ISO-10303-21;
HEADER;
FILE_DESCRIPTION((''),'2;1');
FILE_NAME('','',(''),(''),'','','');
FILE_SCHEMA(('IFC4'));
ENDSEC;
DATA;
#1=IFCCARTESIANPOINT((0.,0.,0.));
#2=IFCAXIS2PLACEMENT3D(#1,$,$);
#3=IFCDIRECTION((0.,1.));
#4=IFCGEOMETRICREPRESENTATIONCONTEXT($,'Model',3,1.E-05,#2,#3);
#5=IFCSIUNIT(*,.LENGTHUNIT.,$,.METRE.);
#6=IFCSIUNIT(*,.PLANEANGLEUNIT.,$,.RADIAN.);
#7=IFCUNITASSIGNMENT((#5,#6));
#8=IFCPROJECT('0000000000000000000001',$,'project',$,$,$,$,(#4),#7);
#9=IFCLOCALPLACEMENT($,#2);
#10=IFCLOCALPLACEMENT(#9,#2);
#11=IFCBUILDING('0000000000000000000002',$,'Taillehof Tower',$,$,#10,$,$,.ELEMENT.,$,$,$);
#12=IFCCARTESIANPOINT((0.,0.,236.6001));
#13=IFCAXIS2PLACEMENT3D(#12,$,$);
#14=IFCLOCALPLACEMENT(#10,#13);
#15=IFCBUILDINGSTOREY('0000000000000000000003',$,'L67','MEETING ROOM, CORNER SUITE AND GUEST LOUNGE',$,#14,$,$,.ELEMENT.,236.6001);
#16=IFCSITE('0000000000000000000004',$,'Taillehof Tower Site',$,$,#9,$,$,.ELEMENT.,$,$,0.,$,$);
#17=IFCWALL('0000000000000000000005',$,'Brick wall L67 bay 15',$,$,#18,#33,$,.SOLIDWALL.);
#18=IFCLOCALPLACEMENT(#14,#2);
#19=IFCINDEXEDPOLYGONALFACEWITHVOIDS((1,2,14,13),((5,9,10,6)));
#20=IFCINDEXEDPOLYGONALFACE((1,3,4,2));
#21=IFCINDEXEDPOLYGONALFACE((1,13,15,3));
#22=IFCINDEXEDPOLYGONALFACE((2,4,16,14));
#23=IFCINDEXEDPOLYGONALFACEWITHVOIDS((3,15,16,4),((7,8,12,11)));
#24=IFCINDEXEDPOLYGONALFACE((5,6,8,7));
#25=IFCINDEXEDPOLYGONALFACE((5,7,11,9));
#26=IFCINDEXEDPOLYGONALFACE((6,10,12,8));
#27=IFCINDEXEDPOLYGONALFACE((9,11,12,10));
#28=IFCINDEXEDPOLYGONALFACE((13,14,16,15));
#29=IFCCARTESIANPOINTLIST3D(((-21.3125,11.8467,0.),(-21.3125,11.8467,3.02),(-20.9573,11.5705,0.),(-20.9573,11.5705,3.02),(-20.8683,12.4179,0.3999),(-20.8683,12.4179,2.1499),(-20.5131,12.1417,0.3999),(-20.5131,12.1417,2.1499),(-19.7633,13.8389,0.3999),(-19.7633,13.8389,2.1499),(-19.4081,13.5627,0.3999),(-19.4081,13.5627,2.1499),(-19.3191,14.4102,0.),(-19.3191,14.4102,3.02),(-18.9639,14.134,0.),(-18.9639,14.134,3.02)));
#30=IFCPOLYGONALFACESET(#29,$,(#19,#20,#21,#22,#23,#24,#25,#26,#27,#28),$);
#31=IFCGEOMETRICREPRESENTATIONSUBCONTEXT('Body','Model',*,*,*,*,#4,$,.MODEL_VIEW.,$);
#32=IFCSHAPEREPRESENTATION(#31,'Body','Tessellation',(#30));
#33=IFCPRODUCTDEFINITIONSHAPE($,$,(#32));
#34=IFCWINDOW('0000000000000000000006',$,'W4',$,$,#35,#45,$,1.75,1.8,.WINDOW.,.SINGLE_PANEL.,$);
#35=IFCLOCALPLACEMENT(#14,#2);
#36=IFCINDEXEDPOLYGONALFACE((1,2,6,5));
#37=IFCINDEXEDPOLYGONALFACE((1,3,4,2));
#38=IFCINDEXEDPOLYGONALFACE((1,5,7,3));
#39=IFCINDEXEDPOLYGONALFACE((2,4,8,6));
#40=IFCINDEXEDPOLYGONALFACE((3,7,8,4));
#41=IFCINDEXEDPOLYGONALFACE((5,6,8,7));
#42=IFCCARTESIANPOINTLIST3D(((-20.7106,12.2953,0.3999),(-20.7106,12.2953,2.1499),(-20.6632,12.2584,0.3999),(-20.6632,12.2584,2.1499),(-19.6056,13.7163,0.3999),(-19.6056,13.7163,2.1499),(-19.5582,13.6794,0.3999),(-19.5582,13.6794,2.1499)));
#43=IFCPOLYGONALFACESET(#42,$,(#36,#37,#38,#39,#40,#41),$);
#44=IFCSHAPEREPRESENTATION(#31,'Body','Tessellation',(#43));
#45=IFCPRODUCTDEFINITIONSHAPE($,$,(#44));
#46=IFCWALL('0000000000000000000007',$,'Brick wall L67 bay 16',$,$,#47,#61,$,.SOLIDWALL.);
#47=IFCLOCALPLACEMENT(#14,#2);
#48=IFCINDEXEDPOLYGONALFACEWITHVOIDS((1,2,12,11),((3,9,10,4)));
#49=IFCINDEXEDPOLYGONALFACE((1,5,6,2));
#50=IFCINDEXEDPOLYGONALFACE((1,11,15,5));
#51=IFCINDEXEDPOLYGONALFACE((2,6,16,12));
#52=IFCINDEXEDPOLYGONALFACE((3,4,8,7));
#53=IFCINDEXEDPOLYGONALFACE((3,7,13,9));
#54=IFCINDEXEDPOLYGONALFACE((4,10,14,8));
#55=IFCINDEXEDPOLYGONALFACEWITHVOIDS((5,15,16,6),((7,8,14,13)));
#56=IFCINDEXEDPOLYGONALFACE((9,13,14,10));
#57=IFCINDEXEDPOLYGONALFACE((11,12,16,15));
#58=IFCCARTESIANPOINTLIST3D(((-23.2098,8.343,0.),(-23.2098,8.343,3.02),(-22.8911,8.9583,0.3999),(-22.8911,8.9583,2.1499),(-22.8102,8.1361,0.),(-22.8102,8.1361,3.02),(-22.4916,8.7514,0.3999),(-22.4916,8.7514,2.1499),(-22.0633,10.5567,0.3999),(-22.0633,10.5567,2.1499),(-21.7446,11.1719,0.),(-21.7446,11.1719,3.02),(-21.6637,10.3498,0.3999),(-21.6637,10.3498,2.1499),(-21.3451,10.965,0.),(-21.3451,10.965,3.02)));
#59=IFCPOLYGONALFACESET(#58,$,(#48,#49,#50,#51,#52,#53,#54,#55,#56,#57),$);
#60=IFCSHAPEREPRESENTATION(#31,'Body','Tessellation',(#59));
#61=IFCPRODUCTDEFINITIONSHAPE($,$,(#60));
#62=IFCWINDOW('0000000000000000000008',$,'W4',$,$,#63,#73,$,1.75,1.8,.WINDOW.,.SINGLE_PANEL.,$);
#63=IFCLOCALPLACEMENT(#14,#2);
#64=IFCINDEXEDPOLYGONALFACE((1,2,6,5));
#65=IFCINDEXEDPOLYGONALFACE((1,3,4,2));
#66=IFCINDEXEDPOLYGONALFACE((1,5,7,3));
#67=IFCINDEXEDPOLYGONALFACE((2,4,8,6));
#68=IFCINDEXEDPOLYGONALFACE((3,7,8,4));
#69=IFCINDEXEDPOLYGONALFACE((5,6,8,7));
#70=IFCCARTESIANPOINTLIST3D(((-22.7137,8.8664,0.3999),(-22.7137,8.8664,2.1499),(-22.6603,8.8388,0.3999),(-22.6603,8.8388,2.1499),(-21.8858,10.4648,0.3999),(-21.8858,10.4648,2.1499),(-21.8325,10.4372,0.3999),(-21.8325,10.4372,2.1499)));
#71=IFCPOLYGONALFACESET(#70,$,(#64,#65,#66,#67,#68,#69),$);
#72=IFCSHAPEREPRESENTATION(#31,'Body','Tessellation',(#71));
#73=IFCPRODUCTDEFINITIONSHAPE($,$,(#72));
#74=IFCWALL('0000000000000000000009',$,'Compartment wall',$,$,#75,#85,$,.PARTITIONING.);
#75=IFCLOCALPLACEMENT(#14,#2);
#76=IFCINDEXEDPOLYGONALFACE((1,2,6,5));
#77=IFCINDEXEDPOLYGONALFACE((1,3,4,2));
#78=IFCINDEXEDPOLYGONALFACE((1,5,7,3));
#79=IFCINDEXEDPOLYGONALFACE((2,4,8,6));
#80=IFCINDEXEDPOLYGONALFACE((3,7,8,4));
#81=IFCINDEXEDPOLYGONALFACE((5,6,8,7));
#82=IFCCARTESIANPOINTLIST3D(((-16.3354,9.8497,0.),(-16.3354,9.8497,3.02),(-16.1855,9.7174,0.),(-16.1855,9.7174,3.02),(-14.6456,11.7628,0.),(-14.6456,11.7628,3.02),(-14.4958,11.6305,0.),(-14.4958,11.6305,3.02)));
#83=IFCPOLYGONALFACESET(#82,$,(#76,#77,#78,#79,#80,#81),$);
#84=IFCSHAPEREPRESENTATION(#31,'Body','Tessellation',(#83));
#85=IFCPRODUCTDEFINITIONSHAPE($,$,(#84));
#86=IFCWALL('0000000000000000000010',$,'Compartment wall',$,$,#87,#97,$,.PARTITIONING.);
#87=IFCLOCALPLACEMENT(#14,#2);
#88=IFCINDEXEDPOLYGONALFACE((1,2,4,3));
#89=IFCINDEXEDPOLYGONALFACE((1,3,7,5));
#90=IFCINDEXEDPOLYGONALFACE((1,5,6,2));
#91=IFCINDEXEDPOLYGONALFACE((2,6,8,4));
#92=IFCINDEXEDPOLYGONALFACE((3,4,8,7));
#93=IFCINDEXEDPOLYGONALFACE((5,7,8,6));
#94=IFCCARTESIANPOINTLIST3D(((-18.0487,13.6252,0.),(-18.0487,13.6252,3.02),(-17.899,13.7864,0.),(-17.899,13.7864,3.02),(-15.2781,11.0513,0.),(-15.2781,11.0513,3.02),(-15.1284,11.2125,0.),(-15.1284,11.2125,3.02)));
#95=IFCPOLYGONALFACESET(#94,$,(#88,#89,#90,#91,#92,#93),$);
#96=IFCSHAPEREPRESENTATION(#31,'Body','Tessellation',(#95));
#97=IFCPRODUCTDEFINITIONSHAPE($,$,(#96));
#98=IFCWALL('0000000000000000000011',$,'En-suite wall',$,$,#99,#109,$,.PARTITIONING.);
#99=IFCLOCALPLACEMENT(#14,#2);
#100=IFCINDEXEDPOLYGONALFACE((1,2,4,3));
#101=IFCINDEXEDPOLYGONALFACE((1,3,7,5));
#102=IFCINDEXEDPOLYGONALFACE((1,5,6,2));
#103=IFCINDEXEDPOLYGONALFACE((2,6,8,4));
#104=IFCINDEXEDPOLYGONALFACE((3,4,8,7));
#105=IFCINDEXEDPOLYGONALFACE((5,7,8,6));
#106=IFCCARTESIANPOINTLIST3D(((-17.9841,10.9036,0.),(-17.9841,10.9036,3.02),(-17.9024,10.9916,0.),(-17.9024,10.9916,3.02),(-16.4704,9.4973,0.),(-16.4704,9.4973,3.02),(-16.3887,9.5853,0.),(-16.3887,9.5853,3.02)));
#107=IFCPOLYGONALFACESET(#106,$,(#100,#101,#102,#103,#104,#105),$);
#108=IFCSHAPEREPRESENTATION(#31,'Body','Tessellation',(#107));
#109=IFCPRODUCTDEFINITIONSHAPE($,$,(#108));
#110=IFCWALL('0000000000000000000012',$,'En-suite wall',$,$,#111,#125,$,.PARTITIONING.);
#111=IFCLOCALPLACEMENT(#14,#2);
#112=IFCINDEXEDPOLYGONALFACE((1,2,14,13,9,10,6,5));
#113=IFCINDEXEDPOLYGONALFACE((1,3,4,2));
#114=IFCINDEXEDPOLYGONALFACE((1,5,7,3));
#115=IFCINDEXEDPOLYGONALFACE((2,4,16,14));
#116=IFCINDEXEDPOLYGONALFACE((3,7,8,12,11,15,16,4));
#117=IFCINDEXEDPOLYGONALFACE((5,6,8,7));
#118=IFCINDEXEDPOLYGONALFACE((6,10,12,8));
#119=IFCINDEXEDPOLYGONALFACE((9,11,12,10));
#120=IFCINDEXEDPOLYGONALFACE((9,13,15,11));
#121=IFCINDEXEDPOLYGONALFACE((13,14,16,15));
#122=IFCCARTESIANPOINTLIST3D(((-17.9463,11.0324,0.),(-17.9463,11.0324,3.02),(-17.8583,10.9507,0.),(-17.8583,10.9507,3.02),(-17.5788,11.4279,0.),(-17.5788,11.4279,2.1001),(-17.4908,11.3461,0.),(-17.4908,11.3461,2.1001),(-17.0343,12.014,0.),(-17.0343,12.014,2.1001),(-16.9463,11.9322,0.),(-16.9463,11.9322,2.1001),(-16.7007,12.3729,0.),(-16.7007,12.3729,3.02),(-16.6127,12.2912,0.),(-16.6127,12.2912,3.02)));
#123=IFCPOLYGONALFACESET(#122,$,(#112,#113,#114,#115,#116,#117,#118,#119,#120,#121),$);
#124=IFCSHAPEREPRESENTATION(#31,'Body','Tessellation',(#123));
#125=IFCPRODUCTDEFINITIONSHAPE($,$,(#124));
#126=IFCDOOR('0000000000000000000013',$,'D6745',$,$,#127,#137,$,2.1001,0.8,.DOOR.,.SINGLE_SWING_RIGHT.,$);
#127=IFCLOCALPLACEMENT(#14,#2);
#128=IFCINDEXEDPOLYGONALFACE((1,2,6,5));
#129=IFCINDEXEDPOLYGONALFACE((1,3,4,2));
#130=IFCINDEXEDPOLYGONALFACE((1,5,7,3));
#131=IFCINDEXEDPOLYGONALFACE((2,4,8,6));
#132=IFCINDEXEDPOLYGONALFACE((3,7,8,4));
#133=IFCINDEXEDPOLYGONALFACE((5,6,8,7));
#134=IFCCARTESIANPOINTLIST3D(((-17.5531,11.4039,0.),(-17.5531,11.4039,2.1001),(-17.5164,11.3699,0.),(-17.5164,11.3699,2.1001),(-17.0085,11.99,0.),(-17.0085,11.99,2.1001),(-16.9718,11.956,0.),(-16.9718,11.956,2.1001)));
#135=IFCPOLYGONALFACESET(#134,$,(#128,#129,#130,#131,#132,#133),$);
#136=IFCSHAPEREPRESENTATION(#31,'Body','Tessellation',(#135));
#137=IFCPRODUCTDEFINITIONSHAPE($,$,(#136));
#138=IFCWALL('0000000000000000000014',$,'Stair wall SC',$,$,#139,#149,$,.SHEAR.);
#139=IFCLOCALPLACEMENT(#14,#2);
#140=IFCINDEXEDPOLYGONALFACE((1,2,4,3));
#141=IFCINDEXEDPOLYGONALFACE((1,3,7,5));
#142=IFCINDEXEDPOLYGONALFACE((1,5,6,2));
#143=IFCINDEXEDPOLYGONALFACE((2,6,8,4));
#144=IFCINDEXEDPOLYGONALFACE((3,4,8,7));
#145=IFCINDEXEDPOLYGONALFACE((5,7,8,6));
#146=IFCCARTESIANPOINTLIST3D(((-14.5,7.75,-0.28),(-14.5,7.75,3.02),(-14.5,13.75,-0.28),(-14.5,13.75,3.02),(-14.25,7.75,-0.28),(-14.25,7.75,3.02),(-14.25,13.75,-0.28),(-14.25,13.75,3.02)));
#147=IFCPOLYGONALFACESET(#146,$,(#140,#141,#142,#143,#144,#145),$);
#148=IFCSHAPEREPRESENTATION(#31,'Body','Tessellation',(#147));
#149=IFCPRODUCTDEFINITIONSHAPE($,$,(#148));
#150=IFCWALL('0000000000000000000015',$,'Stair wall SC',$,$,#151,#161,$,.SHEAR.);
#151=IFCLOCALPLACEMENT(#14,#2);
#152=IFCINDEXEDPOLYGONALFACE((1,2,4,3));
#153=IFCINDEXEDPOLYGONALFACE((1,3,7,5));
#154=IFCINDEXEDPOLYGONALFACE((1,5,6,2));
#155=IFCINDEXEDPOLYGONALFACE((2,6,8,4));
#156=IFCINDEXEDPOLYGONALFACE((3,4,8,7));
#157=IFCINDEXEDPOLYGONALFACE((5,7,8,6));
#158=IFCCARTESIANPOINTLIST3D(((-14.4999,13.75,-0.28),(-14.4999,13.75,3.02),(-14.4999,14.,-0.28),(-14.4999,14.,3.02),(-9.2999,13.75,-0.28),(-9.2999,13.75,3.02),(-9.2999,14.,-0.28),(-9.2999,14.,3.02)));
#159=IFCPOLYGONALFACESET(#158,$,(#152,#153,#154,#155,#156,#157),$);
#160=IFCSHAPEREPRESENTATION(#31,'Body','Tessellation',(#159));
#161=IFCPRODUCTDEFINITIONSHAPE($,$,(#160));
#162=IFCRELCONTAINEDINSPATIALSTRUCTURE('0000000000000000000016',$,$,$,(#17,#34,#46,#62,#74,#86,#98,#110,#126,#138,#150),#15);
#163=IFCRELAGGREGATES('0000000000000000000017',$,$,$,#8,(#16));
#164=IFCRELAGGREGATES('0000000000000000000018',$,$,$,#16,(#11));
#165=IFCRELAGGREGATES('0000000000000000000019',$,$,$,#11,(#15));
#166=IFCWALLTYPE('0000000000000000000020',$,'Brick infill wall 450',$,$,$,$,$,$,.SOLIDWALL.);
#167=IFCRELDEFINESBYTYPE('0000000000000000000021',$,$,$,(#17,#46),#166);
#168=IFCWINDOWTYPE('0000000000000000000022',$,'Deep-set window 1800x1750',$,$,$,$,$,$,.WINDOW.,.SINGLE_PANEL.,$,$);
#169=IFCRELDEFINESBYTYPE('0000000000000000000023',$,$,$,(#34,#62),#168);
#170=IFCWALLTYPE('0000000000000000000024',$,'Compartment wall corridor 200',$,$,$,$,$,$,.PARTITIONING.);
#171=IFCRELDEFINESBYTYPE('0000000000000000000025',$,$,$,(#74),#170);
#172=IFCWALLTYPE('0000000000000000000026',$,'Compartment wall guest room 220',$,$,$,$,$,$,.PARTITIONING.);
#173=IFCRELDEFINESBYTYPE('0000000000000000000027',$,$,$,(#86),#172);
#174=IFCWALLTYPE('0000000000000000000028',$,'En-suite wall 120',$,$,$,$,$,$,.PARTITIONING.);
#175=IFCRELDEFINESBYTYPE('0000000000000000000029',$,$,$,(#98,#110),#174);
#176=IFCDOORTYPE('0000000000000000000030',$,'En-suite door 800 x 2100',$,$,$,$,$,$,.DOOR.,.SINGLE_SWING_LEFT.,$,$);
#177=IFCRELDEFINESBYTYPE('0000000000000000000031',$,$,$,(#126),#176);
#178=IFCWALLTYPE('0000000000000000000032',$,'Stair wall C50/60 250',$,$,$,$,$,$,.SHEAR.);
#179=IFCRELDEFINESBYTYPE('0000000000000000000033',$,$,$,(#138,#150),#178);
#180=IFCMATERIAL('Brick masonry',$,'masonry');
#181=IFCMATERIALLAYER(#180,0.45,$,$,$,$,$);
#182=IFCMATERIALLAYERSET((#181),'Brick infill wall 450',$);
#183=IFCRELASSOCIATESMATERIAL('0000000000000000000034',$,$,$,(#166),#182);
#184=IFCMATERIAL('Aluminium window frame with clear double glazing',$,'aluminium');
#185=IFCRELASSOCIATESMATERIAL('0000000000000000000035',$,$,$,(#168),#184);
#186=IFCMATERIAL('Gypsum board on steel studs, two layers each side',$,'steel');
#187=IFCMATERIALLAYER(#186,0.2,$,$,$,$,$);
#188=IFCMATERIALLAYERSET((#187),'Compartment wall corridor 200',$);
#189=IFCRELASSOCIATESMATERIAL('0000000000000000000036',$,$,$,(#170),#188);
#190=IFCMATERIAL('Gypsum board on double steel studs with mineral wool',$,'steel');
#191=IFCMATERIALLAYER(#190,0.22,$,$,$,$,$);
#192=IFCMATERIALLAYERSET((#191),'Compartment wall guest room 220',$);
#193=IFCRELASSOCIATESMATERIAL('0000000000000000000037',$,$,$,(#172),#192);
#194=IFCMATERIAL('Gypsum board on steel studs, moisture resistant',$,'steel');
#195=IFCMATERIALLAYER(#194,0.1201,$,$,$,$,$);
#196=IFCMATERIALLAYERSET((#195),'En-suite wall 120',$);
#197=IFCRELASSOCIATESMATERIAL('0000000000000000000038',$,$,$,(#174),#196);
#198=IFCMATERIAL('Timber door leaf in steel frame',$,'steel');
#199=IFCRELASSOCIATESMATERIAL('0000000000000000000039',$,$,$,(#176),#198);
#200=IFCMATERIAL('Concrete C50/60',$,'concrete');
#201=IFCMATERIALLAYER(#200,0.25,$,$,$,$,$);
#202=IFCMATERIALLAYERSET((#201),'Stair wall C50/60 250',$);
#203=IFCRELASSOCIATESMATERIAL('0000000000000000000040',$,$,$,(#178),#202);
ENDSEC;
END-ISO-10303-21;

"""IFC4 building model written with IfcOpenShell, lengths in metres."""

from ifc_helpers import new_model, si_unit, direction, frame, frame_2d, origin, place, context, subcontext, project, spatial, rectangle, extrude, material, layer, layer_set, type_object, element, fill, save


model = new_model("IFC4")

# Units and contexts
model_context = context("Model", 3, precision=1e-05, world=origin(), true_north=direction((0.0, 1.0)))
body_context = subcontext(model_context, "Body", "Model", "MODEL_VIEW")
ifc_project = project(units=[si_unit("LENGTHUNIT", "METRE"), si_unit("PLANEANGLEUNIT", "RADIAN")], contexts=[model_context])

# Site, building, storey
site_placement = place(None, origin())
site = spatial("IfcSite", under=ifc_project, at=site_placement, Name="Taillehof Tower Site", CompositionType="ELEMENT", RefElevation=0.0)
building_placement = place(site_placement, origin())
building = spatial("IfcBuilding", under=site, at=building_placement, Name="Taillehof Tower", CompositionType="ELEMENT")
storey_placement = place(building_placement, frame((0.0, 0.0, 236.6001)))
storey = spatial("IfcBuildingStorey", under=building, at=storey_placement, Name="L67", Description="MEETING ROOM, CORNER SUITE AND GUEST LOUNGE", CompositionType="ELEMENT", Elevation=236.6001)

# Walls, openings, windows
ifc_material_1 = material(Name="Brick masonry", Category="masonry")
ifc_layer_1 = layer(ifc_material_1, 0.45)
ifc_layer_set_1 = layer_set([ifc_layer_1], Name="Brick infill wall 450")
wall_type_1 = type_object("IfcWallType", Name="Brick infill wall 450", PredefinedType="SOLIDWALL", material=ifc_layer_set_1)
ifc_material_2 = material(Name="Aluminium window frame with clear double glazing", Category="aluminium")
window_type = type_object("IfcWindowType", Name="Deep-set window 1800x1750", PartitioningType="SINGLE_PANEL", PredefinedType="WINDOW", material=ifc_material_2)
wall_1_placement = place(storey_placement, frame((-19.1416, 14.272, 0.0), z_axis=(0.0, 0.0, 1.0), x_axis=(-0.613863, -0.789413, 0.0)))
wall_1 = element("IfcWall", 1, at=wall_1_placement, inside=storey, type_object=wall_type_1, Name="Brick wall L67 bay 15", PredefinedType="SOLIDWALL", context=body_context, shape_type="SweptSolid", body=[
    extrude(rectangle(XDim=3.2473, YDim=0.45, at=frame_2d((1.6235, 0.0))), origin(), (0.0, 0.0, 1.0), 3.02),
])
opening_1_placement = place(wall_1_placement, frame((0.7236, 0.0, 0.3999)))
opening_1 = element("IfcOpeningElement", 2, at=opening_1_placement, cuts=wall_1, PredefinedType="OPENING", context=body_context, shape_type="SweptSolid", body=[
    extrude(rectangle(XDim=1.8, YDim=1.75, at=frame_2d((0.8999, 0.875))), frame((0.0, 0.2349, 0.0), z_axis=(0.0, -1.0, 0.0), x_axis=(1.0, 0.0, 0.0)), (0.0, 0.0, 1.0), 0.47),
])
window_1_placement = place(opening_1_placement, origin())
window_1 = element("IfcWindow", 3, at=window_1_placement, inside=storey, type_object=window_type, Name="W4", OverallHeight=1.75, OverallWidth=1.8, PartitioningType="SINGLE_PANEL", PredefinedType="WINDOW", context=body_context, shape_type="SweptSolid", body=[
    extrude(rectangle(XDim=1.8, YDim=1.75, at=frame_2d((0.8999, 0.875))), frame((0.0, 0.0349, 0.0), z_axis=(0.0, -1.0, 0.0), x_axis=(1.0, 0.0, 0.0)), (0.0, 0.0, 1.0), 0.0601),
])
fill(opening_1, window_1)
wall_2_placement = place(storey_placement, frame((-21.5449, 11.0684, 0.0), z_axis=(0.0, 0.0, 1.0), x_axis=(-0.45989, -0.887976, 0.0)))
wall_2 = element("IfcWall", 4, at=wall_2_placement, inside=storey, type_object=wall_type_1, Name="Brick wall L67 bay 16", PredefinedType="SOLIDWALL", context=body_context, shape_type="SweptSolid", body=[
    extrude(rectangle(XDim=3.1858, YDim=0.45, at=frame_2d((1.5928, 0.0))), origin(), (0.0, 0.0, 1.0), 3.02),
])
opening_2_placement = place(wall_2_placement, frame((0.6929, 0.0, 0.3999)))
opening_2 = element("IfcOpeningElement", 5, at=opening_2_placement, cuts=wall_2, PredefinedType="OPENING", context=body_context, shape_type="SweptSolid", body=[
    extrude(rectangle(XDim=1.8, YDim=1.75, at=frame_2d((0.8999, 0.875))), frame((0.0, 0.2349, 0.0), z_axis=(0.0, -1.0, 0.0), x_axis=(1.0, 0.0, 0.0)), (0.0, 0.0, 1.0), 0.47),
])
window_2_placement = place(opening_2_placement, origin())
window_2 = element("IfcWindow", 6, at=window_2_placement, inside=storey, type_object=window_type, Name="W4", OverallHeight=1.75, OverallWidth=1.8, PartitioningType="SINGLE_PANEL", PredefinedType="WINDOW", context=body_context, shape_type="SweptSolid", body=[
    extrude(rectangle(XDim=1.8, YDim=1.75, at=frame_2d((0.8999, 0.875))), frame((0.0, 0.0349, 0.0), z_axis=(0.0, -1.0, 0.0), x_axis=(1.0, 0.0, 0.0)), (0.0, 0.0, 1.0), 0.0601),
])
fill(opening_2, window_2)

# Walls
ifc_material_3 = material(Name="Gypsum board on steel studs, two layers each side", Category="steel")
ifc_layer_2 = layer(ifc_material_3, 0.2)
ifc_layer_set_2 = layer_set([ifc_layer_2], Name="Compartment wall corridor 200")
wall_type_2 = type_object("IfcWallType", Name="Compartment wall corridor 200", PredefinedType="PARTITIONING", material=ifc_layer_set_2)
wall_3_placement = place(storey_placement, frame((-16.2605, 9.7834, 0.0), z_axis=(0.0, 0.0, 1.0), x_axis=(0.661992, 0.749511, 0.0)))
element("IfcWall", 7, at=wall_3_placement, inside=storey, type_object=wall_type_2, Name="Compartment wall", PredefinedType="PARTITIONING", context=body_context, shape_type="SweptSolid", body=[
    extrude(rectangle(XDim=2.5525, YDim=0.2, at=frame_2d((1.2764, 0.0))), origin(), (0.0, 0.0, 1.0), 3.02),
])
ifc_material_4 = material(Name="Gypsum board on double steel studs with mineral wool", Category="steel")
ifc_layer_3 = layer(ifc_material_4, 0.22)
ifc_layer_set_3 = layer_set([ifc_layer_3], Name="Compartment wall guest room 220")
wall_type_3 = type_object("IfcWallType", Name="Compartment wall guest room 220", PredefinedType="PARTITIONING", material=ifc_layer_set_3)
wall_4_placement = place(storey_placement, frame((-17.9739, 13.7058, 0.0), z_axis=(0.0, 0.0, 1.0), x_axis=(0.732644, -0.680612, 0.0)))
element("IfcWall", 8, at=wall_4_placement, inside=storey, type_object=wall_type_3, Name="Compartment wall", PredefinedType="PARTITIONING", context=body_context, shape_type="SweptSolid", body=[
    extrude(rectangle(XDim=3.7817, YDim=0.22, at=frame_2d((1.8909, 0.0))), origin(), (0.0, 0.0, 1.0), 3.02),
])
ifc_material_5 = material(Name="Gypsum board on steel studs, moisture resistant", Category="steel")
ifc_layer_4 = layer(ifc_material_5, 0.1201)
ifc_layer_set_4 = layer_set([ifc_layer_4], Name="En-suite wall 120")
wall_type_4 = type_object("IfcWallType", Name="En-suite wall 120", PredefinedType="PARTITIONING", material=ifc_layer_set_4)
wall_5_placement = place(storey_placement, frame((-16.4294, 9.5413, 0.0), z_axis=(0.0, 0.0, 1.0), x_axis=(-0.732625, 0.680632, 0.0)))
element("IfcWall", 9, at=wall_5_placement, inside=storey, type_object=wall_type_4, Name="En-suite wall", PredefinedType="PARTITIONING", context=body_context, shape_type="SweptSolid", body=[
    extrude(rectangle(XDim=2.0662, YDim=0.1201, at=frame_2d((1.0332, 0.0))), origin(), (0.0, 0.0, 1.0), 3.02),
])

# Wall, opening, door
wall_6_placement = place(storey_placement, frame((-17.9023, 10.9915, 0.0), z_axis=(0.0, 0.0, 1.0), x_axis=(0.680681, 0.73258, 0.0)))
wall_6 = element("IfcWall", 10, at=wall_6_placement, inside=storey, type_object=wall_type_4, Name="En-suite wall", PredefinedType="PARTITIONING", context=body_context, shape_type="SweptSolid", body=[
    extrude(rectangle(XDim=1.8298, YDim=0.1201, at=frame_2d((0.915, 0.0))), origin(), (0.0, 0.0, 1.0), 3.02),
])
opening_3_placement = place(wall_6_placement, frame((0.54, 0.0, 0.0)))
opening_3 = element("IfcOpeningElement", 11, at=opening_3_placement, cuts=wall_6, PredefinedType="OPENING", context=body_context, shape_type="SweptSolid", body=[
    extrude(rectangle(XDim=0.8, YDim=2.1001, at=frame_2d((0.3999, 1.05))), frame((0.0, 0.0701, 0.0), z_axis=(0.0, -1.0, 0.0), x_axis=(1.0, 0.0, 0.0)), (0.0, 0.0, 1.0), 0.1401),
])
ifc_material_6 = material(Name="Timber door leaf in steel frame", Category="steel")
door_type = type_object("IfcDoorType", Name="En-suite door 800 x 2100", OperationType="SINGLE_SWING_LEFT", PredefinedType="DOOR", material=ifc_material_6)
door_placement = place(opening_3_placement, origin())
door = element("IfcDoor", 12, at=door_placement, inside=storey, type_object=door_type, Name="D6745", OperationType="SINGLE_SWING_RIGHT", OverallHeight=2.1001, OverallWidth=0.8, PredefinedType="DOOR", context=body_context, shape_type="SweptSolid", body=[
    extrude(rectangle(XDim=0.8, YDim=2.1001, at=frame_2d((0.3999, 1.05))), frame((0.0, 0.0249, 0.0), z_axis=(0.0, -1.0, 0.0), x_axis=(1.0, 0.0, 0.0)), (0.0, 0.0, 1.0), 0.05),
])
fill(opening_3, door)

# Walls
ifc_material_7 = material(Name="Concrete C50/60", Category="concrete")
ifc_layer_5 = layer(ifc_material_7, 0.25)
ifc_layer_set_5 = layer_set([ifc_layer_5], Name="Stair wall C50/60 250")
wall_type_5 = type_object("IfcWallType", Name="Stair wall C50/60 250", PredefinedType="SHEAR", material=ifc_layer_set_5)
wall_7_placement = place(storey_placement, frame((-14.375, 7.75, -0.28), z_axis=(0.0, 0.0, 1.0), x_axis=(0.0, 1.0, 0.0)))
element("IfcWall", 13, at=wall_7_placement, inside=storey, type_object=wall_type_5, Name="Stair wall SC", PredefinedType="SHEAR", context=body_context, shape_type="SweptSolid", body=[
    extrude(rectangle(XDim=6.0, YDim=0.25, at=frame_2d((3.0, 0.0))), origin(), (0.0, 0.0, 1.0), 3.3),
])
wall_8_placement = place(storey_placement, frame((-14.5, 13.875, -0.28), z_axis=(0.0, 0.0, 1.0), x_axis=(1.0, 0.0, 0.0)))
element("IfcWall", 14, at=wall_8_placement, inside=storey, type_object=wall_type_5, Name="Stair wall SC", PredefinedType="SHEAR", context=body_context, shape_type="SweptSolid", body=[
    extrude(rectangle(XDim=5.2, YDim=0.25, at=frame_2d((2.6001, 0.0))), origin(), (0.0, 0.0, 1.0), 3.3),
])

save(model, "model.ifc")
